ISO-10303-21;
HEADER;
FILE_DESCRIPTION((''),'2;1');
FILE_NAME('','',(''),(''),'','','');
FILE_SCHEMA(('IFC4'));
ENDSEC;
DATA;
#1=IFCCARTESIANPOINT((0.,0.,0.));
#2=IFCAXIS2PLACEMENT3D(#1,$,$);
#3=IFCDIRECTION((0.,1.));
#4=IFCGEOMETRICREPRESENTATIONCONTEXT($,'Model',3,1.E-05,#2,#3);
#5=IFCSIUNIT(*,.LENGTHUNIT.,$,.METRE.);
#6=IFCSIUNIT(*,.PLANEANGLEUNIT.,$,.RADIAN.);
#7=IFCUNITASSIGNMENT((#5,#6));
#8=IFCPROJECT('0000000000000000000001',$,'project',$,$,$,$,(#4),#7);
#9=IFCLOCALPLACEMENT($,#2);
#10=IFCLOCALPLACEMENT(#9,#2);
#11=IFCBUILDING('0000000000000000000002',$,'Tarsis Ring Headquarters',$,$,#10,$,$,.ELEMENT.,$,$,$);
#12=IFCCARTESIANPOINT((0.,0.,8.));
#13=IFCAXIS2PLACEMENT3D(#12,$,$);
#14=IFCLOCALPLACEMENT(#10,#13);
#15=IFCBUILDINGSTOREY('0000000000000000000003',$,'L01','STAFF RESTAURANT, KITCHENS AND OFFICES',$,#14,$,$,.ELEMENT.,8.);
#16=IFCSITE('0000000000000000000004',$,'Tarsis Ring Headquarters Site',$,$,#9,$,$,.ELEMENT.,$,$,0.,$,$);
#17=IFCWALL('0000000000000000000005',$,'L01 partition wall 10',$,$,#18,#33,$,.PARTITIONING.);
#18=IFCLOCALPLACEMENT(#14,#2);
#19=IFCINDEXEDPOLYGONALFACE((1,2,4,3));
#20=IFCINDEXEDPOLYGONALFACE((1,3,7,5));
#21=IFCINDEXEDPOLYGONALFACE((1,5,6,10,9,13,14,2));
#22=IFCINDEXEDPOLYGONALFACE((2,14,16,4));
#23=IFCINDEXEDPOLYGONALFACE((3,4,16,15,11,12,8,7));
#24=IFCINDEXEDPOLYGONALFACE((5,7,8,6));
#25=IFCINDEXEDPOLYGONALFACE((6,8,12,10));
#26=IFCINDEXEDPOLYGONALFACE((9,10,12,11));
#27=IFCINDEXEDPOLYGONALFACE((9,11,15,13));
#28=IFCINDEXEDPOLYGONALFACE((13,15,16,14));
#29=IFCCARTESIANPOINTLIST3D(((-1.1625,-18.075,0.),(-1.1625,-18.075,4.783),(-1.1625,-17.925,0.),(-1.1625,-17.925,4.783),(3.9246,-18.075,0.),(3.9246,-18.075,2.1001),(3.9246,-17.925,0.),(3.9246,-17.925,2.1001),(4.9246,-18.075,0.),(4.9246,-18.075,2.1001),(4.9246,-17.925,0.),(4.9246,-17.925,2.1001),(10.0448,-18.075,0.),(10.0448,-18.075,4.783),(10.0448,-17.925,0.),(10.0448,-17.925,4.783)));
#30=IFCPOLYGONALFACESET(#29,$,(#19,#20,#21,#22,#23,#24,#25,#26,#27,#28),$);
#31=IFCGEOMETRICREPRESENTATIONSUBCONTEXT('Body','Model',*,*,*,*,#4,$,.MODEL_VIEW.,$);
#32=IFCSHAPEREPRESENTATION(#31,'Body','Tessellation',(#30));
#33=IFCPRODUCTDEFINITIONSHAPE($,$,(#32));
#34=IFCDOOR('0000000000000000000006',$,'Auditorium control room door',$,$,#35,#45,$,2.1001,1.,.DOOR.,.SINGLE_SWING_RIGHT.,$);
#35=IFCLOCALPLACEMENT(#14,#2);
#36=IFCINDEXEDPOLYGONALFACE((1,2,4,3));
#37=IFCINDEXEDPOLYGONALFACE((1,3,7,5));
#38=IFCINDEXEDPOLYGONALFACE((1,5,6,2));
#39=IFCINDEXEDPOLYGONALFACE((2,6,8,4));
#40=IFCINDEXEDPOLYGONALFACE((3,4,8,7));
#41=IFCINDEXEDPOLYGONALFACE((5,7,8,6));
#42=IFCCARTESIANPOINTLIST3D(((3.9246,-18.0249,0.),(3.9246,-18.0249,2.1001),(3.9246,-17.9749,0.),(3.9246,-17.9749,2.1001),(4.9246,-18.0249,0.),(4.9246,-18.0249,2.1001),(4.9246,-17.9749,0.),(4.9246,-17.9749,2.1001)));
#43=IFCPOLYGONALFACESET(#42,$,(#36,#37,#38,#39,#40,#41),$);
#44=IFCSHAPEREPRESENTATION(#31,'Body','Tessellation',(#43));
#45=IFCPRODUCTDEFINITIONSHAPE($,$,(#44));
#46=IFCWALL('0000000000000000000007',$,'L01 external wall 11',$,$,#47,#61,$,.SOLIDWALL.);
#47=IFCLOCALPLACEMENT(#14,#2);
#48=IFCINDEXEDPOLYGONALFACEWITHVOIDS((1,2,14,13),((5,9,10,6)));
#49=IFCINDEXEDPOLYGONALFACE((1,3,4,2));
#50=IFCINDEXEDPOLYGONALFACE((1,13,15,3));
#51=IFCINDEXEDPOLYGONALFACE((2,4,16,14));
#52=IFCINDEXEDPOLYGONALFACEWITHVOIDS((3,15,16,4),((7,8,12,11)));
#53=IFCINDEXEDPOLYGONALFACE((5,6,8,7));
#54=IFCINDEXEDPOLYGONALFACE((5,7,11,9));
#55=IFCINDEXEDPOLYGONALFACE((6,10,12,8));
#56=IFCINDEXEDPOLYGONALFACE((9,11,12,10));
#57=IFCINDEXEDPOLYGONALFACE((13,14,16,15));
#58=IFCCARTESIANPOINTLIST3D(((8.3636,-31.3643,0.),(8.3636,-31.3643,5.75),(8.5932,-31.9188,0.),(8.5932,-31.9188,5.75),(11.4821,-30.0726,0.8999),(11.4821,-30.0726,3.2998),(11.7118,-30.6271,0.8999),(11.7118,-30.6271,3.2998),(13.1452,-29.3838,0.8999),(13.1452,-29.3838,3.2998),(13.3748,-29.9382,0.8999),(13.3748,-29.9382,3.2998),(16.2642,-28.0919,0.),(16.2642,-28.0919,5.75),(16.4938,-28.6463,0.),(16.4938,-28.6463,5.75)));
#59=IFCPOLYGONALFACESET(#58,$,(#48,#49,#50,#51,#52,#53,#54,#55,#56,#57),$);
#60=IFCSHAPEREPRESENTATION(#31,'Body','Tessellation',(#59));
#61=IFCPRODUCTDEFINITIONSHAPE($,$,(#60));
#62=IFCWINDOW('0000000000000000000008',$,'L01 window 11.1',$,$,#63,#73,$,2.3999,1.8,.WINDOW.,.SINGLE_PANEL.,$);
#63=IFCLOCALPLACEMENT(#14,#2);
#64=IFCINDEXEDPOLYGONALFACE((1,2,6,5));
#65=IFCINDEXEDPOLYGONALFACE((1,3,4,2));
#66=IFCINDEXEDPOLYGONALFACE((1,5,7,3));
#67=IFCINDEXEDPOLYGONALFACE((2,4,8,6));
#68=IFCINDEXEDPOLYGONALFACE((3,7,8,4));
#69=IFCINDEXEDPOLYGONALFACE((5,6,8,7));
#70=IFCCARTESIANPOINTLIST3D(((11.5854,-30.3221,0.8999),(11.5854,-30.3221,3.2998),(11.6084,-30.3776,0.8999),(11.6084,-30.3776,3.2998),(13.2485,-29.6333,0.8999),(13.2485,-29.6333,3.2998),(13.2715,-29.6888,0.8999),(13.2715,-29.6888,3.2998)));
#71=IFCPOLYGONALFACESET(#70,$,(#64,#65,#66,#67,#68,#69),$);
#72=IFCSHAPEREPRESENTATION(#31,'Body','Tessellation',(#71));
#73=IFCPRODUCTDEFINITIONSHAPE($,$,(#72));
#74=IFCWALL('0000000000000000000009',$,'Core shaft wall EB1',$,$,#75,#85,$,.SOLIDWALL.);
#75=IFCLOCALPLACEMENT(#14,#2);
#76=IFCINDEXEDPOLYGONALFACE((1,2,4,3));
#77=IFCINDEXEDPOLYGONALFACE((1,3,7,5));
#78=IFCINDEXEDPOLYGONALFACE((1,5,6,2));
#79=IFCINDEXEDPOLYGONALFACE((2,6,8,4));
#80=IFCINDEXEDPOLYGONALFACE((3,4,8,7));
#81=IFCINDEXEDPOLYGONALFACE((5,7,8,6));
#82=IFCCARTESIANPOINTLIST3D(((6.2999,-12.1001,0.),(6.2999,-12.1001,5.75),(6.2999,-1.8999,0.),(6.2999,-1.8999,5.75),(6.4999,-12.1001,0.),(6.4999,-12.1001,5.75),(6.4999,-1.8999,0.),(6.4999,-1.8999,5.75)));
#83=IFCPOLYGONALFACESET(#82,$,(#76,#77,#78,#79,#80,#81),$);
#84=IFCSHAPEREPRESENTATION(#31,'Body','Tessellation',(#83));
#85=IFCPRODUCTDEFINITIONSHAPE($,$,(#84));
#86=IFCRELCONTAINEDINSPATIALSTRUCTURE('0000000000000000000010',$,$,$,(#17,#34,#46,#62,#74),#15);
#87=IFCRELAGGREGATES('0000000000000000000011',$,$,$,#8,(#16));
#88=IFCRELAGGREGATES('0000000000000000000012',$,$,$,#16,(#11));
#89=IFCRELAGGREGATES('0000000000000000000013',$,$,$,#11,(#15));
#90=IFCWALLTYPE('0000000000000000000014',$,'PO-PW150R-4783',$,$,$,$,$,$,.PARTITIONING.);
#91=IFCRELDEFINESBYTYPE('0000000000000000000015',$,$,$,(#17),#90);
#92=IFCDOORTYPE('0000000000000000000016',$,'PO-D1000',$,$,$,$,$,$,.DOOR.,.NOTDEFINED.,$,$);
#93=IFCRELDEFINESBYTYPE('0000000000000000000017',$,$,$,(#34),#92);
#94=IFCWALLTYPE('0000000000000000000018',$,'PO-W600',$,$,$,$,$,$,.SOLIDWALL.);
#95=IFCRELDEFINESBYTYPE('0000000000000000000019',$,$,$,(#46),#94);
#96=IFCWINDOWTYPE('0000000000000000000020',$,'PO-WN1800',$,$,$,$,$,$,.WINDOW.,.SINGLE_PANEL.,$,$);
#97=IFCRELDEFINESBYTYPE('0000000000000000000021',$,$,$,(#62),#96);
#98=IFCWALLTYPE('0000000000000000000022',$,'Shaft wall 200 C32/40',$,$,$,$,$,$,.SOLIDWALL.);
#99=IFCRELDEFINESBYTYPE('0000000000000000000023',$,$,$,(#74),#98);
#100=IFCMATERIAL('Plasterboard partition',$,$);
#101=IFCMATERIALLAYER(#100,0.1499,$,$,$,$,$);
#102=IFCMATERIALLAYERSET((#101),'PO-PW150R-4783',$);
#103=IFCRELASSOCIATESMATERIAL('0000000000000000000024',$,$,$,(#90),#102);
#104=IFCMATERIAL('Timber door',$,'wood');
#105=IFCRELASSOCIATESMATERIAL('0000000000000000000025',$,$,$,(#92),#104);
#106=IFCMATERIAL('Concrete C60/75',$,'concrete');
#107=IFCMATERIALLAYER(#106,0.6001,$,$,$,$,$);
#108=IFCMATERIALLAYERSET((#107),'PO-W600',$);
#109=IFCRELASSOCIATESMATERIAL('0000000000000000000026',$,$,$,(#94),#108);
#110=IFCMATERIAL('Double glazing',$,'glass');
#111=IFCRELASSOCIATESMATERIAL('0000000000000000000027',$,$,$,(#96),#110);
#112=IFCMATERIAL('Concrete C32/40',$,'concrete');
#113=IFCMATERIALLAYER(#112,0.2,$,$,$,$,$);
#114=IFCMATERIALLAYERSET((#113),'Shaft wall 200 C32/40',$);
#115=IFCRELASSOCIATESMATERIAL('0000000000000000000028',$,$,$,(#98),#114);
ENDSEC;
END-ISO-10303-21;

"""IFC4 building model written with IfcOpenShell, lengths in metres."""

from ifc_helpers import new_model, si_unit, direction, frame, frame_2d, origin, place, context, subcontext, project, spatial, rectangle, extrude, material, layer, layer_set, type_object, element, fill, save


model = new_model("IFC4")

# Units and contexts
model_context = context("Model", 3, precision=1e-05, world=origin(), true_north=direction((0.0, 1.0)))
body_context = subcontext(model_context, "Body", "Model", "MODEL_VIEW")
ifc_project = project(units=[si_unit("LENGTHUNIT", "METRE"), si_unit("PLANEANGLEUNIT", "RADIAN")], contexts=[model_context])

# Site, building, storey
site_placement = place(None, origin())
site = spatial("IfcSite", under=ifc_project, at=site_placement, Name="Tarsis Ring Headquarters Site", CompositionType="ELEMENT", RefElevation=0.0)
building_placement = place(site_placement, origin())
building = spatial("IfcBuilding", under=site, at=building_placement, Name="Tarsis Ring Headquarters", CompositionType="ELEMENT")
storey_placement = place(building_placement, frame((0.0, 0.0, 8.0)))
storey = spatial("IfcBuildingStorey", under=building, at=storey_placement, Name="L01", Description="STAFF RESTAURANT, KITCHENS AND OFFICES", CompositionType="ELEMENT", Elevation=8.0)

# Shared definitions
ifc_material_1 = material(Name="Concrete C60/75", Category="concrete")

# Wall, opening, door
ifc_material_2 = material(Name="Plasterboard partition")
ifc_layer_1 = layer(ifc_material_2, 0.1499)
ifc_layer_set_1 = layer_set([ifc_layer_1], Name="PO-PW150R-4783")
wall_type_1 = type_object("IfcWallType", Name="PO-PW150R-4783", PredefinedType="PARTITIONING", material=ifc_layer_set_1)
wall_1_placement = place(storey_placement, frame((10.0447, -18.0, 0.0), z_axis=(0.0, 0.0, 1.0), x_axis=(-1.0, 0.0, 0.0)))
wall_1 = element("IfcWall", 1, at=wall_1_placement, inside=storey, type_object=wall_type_1, Name="L01 partition wall 10", PredefinedType="PARTITIONING", context=body_context, shape_type="SweptSolid", body=[
    extrude(rectangle(XDim=11.2073, YDim=0.1499, at=frame_2d((5.6035, 0.0))), origin(), (0.0, 0.0, 1.0), 4.783),
])
opening_1_placement = place(wall_1_placement, frame((5.1201, 0.0, 0.0)))
opening_1 = element("IfcOpeningElement", 2, at=opening_1_placement, cuts=wall_1, PredefinedType="OPENING", context=body_context, shape_type="SweptSolid", body=[
    extrude(rectangle(XDim=1.0, YDim=2.1001, at=frame_2d((0.5, 1.05))), frame((0.0, 0.085, 0.0), z_axis=(0.0, -1.0, 0.0), x_axis=(1.0, 0.0, 0.0)), (0.0, 0.0, 1.0), 0.1699),
])
ifc_material_3 = material(Name="Timber door", Category="wood")
door_type_1 = type_object("IfcDoorType", Name="PO-D1000", OperationType="NOTDEFINED", PredefinedType="DOOR", material=ifc_material_3)
door_1_placement = place(opening_1_placement, origin())
door_1 = element("IfcDoor", 3, at=door_1_placement, inside=storey, type_object=door_type_1, Name="Auditorium control room door", OperationType="SINGLE_SWING_RIGHT", OverallHeight=2.1001, OverallWidth=1.0, PredefinedType="DOOR", context=body_context, shape_type="SweptSolid", body=[
    extrude(rectangle(XDim=1.0, YDim=2.1001, at=frame_2d((0.5, 1.05))), frame((0.0, 0.0249, 0.0), z_axis=(0.0, -1.0, 0.0), x_axis=(1.0, 0.0, 0.0)), (0.0, 0.0, 1.0), 0.05),
])
fill(opening_1, door_1)

# Wall, opening, window
ifc_layer_2 = layer(ifc_material_1, 0.6001)
ifc_layer_set_2 = layer_set([ifc_layer_2], Name="PO-W600")
wall_type_2 = type_object("IfcWallType", Name="PO-W600", PredefinedType="SOLIDWALL", material=ifc_layer_set_2)
wall_2_placement = place(storey_placement, frame((8.4783, -31.6416, 0.0), z_axis=(0.0, 0.0, 1.0), x_axis=(0.923883, 0.382675, 0.0)))
wall_2 = element("IfcWall", 4, at=wall_2_placement, inside=storey, type_object=wall_type_2, Name="L01 external wall 11", PredefinedType="SOLIDWALL", context=body_context, shape_type="SweptSolid", body=[
    extrude(rectangle(XDim=8.5515, YDim=0.6001, at=frame_2d((4.2759, 0.0))), origin(), (0.0, 0.0, 1.0), 5.75),
])
opening_2_placement = place(wall_2_placement, frame((3.3757, 0.0, 0.8999)))
opening_2 = element("IfcOpeningElement", 5, at=opening_2_placement, cuts=wall_2, PredefinedType="OPENING", context=body_context, shape_type="SweptSolid", body=[
    extrude(rectangle(XDim=1.8, YDim=2.3999, at=frame_2d((0.8999, 1.2))), frame((0.0, 0.3101, 0.0), z_axis=(0.0, -1.0, 0.0), x_axis=(1.0, 0.0, 0.0)), (0.0, 0.0, 1.0), 0.6201),
])
ifc_material_4 = material(Name="Double glazing", Category="glass")
window_type = type_object("IfcWindowType", Name="PO-WN1800", PartitioningType="SINGLE_PANEL", PredefinedType="WINDOW", material=ifc_material_4)
window_placement = place(opening_2_placement, origin())
window = element("IfcWindow", 6, at=window_placement, inside=storey, type_object=window_type, Name="L01 window 11.1", OverallHeight=2.3999, OverallWidth=1.8, PartitioningType="SINGLE_PANEL", PredefinedType="WINDOW", context=body_context, shape_type="SweptSolid", body=[
    extrude(rectangle(XDim=1.8, YDim=2.3999, at=frame_2d((0.8999, 1.2))), frame((0.0, 0.03, 0.0), z_axis=(0.0, -1.0, 0.0), x_axis=(1.0, 0.0, 0.0)), (0.0, 0.0, 1.0), 0.0601),
])
fill(opening_2, window)

# Wall
ifc_material_5 = material(Name="Concrete C32/40", Category="concrete")
ifc_layer_3 = layer(ifc_material_5, 0.2)
ifc_layer_set_3 = layer_set([ifc_layer_3], Name="Shaft wall 200 C32/40")
wall_type_3 = type_object("IfcWallType", Name="Shaft wall 200 C32/40", PredefinedType="SOLIDWALL", material=ifc_layer_set_3)
wall_3_placement = place(storey_placement, frame((6.3999, -12.1001, 0.0), z_axis=(0.0, 0.0, 1.0), x_axis=(0.0, 1.0, 0.0)))
element("IfcWall", 7, at=wall_3_placement, inside=storey, type_object=wall_type_3, Name="Core shaft wall EB1", PredefinedType="SOLIDWALL", context=body_context, shape_type="SweptSolid", body=[
    extrude(rectangle(XDim=10.2002, YDim=0.2, at=frame_2d((5.1001, 0.0))), origin(), (0.0, 0.0, 1.0), 5.75),
])

save(model, "model.ifc")
